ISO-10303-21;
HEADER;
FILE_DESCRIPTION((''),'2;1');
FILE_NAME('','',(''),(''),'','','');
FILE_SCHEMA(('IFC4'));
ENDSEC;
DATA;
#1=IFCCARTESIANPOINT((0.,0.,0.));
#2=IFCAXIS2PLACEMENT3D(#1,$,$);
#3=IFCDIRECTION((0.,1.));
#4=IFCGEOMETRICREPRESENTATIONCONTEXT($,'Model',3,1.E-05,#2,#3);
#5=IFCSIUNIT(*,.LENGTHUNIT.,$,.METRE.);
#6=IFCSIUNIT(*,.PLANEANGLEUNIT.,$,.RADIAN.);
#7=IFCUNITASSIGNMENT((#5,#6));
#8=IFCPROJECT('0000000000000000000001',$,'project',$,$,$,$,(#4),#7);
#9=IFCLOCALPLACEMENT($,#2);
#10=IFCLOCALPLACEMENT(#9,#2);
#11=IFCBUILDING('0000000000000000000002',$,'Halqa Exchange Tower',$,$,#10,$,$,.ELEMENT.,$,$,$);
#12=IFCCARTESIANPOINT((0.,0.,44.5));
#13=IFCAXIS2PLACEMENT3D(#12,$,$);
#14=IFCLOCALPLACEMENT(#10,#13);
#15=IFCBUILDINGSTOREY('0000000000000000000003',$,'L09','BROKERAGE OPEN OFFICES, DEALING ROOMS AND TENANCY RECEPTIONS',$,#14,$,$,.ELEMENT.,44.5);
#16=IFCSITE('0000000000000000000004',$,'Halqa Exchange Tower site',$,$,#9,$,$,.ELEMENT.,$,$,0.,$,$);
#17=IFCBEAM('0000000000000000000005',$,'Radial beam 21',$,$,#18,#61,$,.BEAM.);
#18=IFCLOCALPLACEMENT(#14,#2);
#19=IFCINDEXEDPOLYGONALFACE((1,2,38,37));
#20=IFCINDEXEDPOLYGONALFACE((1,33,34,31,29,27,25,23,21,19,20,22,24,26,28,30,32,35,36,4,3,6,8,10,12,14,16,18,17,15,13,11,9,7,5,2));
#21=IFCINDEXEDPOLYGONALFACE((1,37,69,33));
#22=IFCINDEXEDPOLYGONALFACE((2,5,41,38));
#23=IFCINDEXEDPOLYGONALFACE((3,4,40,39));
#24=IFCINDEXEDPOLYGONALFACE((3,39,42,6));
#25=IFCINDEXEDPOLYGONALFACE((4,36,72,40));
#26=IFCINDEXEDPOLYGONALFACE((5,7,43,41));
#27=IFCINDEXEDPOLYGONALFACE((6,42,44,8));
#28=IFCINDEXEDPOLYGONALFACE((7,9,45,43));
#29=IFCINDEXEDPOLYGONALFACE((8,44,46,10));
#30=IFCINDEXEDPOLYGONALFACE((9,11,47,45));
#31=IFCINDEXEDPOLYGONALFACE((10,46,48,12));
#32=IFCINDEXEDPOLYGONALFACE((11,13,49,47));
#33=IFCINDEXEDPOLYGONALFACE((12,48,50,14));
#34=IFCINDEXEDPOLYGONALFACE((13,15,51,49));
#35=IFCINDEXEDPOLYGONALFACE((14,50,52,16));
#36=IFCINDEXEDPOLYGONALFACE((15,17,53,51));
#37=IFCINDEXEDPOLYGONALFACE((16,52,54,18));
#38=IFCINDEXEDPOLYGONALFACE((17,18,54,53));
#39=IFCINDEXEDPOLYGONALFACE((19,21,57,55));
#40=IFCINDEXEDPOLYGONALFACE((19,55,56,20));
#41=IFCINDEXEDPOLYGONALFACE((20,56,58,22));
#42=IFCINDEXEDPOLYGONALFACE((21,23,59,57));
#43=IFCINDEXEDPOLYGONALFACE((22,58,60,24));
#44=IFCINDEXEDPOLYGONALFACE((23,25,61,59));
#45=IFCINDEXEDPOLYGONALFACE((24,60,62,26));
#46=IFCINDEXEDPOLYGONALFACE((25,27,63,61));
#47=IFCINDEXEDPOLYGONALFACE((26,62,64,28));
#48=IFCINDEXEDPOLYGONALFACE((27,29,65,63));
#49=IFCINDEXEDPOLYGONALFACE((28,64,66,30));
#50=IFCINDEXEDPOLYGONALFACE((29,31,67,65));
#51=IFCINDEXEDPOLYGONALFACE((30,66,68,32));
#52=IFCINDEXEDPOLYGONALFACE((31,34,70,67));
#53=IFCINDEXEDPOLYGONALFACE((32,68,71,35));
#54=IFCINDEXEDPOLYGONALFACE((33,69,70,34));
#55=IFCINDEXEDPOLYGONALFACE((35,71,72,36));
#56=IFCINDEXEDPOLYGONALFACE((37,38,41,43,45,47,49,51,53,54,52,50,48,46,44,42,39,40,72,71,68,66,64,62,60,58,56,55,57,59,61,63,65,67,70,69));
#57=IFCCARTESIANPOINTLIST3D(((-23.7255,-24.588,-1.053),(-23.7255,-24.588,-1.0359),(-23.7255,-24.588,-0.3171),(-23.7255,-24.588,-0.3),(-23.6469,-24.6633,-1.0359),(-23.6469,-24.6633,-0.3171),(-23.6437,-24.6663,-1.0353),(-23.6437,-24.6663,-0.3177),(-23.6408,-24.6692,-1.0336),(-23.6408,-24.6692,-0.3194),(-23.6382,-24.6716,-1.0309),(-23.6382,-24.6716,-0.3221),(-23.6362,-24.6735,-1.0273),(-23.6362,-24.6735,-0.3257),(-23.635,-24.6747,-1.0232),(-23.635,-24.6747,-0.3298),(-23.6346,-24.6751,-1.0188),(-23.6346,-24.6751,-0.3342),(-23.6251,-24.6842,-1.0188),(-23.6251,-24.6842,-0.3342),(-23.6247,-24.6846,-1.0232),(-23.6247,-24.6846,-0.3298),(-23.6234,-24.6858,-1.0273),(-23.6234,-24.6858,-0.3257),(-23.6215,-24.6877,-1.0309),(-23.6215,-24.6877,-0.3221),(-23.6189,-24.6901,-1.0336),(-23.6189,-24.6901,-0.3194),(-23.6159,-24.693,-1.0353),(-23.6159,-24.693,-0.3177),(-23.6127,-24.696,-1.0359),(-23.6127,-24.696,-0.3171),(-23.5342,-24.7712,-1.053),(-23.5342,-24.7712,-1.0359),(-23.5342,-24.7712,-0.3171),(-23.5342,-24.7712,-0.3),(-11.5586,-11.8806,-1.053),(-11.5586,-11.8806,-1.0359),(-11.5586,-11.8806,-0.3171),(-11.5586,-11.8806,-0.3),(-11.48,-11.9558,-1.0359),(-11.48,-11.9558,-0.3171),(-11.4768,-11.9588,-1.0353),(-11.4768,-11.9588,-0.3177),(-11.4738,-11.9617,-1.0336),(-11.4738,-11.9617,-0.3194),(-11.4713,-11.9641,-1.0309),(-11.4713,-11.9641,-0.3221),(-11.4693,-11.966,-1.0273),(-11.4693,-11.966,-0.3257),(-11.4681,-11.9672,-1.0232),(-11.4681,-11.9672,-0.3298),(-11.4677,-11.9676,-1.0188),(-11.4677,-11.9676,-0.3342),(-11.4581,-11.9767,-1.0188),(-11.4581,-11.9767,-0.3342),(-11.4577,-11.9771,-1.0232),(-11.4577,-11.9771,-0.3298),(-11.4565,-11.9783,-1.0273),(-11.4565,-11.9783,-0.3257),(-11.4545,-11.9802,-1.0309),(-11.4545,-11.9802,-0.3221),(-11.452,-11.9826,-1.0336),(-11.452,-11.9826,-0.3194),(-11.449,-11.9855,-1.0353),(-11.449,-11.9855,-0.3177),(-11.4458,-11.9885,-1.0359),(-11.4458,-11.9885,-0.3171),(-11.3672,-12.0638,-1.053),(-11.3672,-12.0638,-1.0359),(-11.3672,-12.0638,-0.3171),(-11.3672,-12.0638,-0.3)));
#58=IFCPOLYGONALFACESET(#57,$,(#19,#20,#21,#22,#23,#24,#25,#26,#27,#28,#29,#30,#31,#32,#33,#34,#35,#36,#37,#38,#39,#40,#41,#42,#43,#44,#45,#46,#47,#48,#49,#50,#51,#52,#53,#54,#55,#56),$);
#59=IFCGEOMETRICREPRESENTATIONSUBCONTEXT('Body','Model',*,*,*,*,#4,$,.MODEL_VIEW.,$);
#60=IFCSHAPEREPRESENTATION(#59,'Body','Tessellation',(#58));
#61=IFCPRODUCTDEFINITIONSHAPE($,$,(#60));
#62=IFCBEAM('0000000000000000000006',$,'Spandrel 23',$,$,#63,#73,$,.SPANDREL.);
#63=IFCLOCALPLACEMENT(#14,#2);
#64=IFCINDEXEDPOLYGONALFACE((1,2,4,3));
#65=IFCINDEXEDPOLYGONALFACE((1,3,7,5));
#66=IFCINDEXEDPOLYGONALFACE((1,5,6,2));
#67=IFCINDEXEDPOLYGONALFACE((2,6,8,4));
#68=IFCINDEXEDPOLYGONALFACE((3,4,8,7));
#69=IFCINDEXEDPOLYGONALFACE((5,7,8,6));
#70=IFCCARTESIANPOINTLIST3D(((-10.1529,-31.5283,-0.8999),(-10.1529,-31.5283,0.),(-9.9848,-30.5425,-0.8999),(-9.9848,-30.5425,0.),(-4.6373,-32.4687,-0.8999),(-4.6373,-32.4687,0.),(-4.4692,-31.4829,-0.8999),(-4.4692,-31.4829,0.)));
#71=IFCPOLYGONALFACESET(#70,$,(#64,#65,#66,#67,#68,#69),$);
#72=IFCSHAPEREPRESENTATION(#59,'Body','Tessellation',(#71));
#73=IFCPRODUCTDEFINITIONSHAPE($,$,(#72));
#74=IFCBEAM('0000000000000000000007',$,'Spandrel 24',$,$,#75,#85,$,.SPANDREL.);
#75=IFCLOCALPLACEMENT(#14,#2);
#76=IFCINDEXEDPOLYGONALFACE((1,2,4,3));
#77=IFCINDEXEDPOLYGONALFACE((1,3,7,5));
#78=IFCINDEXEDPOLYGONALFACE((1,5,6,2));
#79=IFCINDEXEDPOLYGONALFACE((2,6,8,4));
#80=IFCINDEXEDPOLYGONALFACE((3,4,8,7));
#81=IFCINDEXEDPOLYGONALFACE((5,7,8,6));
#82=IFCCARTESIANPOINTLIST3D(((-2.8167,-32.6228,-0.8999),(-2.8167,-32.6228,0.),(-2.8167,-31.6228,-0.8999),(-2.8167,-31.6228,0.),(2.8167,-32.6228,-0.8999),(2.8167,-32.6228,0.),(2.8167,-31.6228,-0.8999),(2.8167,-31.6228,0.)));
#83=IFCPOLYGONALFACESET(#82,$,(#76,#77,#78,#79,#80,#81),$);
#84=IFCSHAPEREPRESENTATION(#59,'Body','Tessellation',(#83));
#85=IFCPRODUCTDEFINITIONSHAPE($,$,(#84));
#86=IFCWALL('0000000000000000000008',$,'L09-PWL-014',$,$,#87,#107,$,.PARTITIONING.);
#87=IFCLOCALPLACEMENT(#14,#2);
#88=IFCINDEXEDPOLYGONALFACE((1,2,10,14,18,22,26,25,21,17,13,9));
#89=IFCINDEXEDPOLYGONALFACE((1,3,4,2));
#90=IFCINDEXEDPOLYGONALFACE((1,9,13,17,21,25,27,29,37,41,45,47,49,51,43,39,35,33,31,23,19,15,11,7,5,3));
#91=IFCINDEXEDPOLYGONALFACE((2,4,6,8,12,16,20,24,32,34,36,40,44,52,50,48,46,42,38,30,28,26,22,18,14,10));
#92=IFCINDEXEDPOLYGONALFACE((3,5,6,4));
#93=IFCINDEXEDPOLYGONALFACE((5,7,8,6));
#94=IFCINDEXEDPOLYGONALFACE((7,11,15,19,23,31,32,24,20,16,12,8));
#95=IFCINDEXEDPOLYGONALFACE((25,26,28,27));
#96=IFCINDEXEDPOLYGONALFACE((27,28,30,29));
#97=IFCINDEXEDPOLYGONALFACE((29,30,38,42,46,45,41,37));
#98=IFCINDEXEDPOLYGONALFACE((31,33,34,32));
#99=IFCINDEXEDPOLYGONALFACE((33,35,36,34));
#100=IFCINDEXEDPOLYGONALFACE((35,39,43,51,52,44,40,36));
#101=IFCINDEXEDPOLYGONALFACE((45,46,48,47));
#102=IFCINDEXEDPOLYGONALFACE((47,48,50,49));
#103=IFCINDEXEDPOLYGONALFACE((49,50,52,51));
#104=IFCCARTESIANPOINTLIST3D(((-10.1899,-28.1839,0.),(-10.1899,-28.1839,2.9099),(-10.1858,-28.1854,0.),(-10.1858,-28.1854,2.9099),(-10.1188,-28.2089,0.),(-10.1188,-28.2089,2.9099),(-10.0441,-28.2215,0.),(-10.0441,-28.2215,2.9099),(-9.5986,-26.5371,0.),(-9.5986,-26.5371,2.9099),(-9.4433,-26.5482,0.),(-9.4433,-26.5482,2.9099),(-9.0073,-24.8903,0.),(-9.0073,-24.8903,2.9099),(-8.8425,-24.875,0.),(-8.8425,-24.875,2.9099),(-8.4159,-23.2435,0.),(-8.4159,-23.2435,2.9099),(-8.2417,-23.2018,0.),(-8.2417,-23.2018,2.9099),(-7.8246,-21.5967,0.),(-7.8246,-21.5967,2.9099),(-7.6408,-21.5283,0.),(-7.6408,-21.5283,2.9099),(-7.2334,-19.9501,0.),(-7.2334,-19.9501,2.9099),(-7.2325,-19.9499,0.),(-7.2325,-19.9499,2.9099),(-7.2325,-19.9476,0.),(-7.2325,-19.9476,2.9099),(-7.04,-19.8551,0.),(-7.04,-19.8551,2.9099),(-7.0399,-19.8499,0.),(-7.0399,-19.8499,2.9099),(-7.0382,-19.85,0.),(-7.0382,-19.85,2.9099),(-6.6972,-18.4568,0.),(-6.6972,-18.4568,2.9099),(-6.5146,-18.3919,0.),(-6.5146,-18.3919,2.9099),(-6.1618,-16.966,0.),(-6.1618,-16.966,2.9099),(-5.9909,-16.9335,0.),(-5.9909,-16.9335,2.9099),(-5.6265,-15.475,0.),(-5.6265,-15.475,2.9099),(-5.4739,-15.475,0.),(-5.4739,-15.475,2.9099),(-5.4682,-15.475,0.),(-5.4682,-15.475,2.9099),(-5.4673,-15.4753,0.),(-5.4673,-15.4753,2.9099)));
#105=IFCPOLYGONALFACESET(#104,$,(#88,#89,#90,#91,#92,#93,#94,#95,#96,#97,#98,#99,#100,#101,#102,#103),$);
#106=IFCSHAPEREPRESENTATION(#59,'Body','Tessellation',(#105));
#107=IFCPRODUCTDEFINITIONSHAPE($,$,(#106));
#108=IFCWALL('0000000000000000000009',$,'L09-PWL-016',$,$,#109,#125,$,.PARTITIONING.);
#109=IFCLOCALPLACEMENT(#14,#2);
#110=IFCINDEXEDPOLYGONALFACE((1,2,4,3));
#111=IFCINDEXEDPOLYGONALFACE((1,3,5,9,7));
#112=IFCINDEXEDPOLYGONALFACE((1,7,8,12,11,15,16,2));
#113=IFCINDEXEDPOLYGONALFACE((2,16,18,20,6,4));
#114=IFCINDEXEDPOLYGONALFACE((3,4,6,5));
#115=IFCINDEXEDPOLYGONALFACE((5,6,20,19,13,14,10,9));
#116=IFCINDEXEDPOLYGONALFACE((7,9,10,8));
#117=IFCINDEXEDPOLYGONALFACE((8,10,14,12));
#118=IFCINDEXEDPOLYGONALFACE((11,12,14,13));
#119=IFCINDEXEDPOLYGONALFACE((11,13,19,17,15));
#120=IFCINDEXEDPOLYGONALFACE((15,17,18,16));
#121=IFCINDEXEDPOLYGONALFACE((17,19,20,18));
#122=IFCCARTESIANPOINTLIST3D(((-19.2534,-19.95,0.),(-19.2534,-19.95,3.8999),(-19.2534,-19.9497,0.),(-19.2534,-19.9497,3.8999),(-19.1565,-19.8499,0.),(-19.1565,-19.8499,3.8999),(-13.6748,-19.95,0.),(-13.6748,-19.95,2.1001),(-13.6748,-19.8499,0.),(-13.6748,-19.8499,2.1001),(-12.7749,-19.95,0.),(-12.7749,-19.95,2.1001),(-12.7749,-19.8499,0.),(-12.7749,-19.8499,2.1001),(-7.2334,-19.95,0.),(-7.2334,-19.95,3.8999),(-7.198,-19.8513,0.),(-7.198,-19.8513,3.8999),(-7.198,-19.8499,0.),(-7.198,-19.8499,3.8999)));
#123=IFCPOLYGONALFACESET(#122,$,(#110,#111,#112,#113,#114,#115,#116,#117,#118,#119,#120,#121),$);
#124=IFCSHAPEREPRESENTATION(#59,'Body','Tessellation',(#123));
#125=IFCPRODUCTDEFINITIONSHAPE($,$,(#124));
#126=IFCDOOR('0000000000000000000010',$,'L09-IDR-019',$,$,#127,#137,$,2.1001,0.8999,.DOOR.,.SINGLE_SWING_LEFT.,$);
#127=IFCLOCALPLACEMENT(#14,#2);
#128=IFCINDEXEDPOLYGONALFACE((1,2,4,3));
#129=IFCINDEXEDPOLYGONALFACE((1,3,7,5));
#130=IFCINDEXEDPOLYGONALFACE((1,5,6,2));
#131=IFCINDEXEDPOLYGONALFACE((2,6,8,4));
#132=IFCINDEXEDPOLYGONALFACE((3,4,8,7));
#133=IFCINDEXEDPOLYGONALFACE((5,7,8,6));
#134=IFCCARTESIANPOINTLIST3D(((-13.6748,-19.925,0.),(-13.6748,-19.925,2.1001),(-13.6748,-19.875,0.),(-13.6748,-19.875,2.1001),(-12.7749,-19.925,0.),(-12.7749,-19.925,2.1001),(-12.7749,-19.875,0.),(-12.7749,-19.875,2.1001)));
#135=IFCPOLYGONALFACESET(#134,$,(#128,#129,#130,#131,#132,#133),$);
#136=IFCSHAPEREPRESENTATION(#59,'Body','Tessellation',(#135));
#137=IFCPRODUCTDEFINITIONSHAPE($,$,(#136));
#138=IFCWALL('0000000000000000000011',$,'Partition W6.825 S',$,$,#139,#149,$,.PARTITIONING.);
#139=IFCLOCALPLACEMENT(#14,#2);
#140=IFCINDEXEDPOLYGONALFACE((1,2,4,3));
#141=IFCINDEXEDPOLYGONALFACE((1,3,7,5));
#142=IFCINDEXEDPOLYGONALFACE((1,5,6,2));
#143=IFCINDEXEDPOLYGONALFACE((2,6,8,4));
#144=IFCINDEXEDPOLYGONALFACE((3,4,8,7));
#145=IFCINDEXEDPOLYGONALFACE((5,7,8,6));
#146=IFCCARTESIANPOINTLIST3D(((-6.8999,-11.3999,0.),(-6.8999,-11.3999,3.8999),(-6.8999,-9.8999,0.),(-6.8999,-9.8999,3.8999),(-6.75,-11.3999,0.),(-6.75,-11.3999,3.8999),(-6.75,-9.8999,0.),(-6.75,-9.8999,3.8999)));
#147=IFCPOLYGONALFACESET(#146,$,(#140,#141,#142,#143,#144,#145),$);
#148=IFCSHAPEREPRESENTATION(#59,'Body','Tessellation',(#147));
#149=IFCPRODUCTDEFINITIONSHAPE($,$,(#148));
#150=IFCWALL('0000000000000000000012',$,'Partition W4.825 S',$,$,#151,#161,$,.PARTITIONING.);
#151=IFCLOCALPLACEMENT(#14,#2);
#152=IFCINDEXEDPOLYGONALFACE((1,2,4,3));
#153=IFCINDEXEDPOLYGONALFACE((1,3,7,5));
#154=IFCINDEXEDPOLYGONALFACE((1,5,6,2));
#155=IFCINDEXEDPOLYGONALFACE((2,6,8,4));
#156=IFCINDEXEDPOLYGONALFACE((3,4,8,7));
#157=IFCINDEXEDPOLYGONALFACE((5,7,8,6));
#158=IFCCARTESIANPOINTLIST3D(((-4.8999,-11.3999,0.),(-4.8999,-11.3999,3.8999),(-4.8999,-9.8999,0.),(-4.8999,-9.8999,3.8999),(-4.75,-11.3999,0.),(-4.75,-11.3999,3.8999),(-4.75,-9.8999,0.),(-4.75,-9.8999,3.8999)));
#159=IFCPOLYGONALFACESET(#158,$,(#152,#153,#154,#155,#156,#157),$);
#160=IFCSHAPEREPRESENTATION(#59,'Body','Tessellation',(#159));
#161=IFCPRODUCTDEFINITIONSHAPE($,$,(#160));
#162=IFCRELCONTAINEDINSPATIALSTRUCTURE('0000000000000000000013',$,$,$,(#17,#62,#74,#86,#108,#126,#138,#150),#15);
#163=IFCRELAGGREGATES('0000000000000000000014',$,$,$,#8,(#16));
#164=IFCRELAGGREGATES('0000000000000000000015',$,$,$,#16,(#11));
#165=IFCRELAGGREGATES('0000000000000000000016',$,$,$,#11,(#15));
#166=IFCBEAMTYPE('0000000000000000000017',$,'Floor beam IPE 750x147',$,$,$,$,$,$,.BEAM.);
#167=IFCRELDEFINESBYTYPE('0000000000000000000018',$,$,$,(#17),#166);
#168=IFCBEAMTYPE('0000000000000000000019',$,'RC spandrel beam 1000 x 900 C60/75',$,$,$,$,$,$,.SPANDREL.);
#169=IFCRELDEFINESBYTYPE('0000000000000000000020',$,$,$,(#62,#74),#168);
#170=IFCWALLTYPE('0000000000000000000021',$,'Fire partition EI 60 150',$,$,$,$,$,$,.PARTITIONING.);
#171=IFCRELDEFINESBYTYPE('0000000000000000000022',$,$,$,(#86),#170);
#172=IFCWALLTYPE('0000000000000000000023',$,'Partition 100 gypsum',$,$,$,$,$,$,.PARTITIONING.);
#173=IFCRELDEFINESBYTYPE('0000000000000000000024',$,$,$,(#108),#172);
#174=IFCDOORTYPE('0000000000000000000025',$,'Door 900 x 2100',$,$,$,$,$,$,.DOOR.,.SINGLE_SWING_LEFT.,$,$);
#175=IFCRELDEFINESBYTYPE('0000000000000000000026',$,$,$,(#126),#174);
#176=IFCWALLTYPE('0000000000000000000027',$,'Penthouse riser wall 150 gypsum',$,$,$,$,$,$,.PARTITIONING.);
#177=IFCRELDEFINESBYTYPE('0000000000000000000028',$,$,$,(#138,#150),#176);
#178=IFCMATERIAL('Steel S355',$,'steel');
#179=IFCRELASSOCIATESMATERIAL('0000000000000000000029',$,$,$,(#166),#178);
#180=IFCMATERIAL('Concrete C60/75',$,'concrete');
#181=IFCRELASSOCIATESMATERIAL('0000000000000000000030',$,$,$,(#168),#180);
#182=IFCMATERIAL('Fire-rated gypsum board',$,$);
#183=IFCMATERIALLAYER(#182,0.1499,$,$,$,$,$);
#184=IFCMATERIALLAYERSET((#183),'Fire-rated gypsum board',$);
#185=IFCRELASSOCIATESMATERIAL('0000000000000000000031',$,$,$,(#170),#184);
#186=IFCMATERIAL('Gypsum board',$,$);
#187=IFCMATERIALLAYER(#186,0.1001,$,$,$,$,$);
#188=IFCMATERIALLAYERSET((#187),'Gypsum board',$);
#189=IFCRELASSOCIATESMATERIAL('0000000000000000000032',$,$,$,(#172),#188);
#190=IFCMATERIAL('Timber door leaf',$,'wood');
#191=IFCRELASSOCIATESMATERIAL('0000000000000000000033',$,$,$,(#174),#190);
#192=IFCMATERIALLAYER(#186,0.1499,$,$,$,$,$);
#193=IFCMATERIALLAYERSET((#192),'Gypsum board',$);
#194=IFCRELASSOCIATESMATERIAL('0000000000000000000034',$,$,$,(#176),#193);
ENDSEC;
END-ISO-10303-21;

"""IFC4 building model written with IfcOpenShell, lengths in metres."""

from ifc_helpers import new_model, si_unit, direction, frame, frame_2d, origin, origin_2d, place, context, subcontext, project, spatial, polyline, rectangle, i_section, outline, extrude, material, layer, layer_set, material_profile, profile_set, type_object, element, fill, save


model = new_model("IFC4")

# Units and contexts
model_context = context("Model", 3, precision=1e-05, world=origin(), true_north=direction((0.0, 1.0)))
body_context = subcontext(model_context, "Body", "Model", "MODEL_VIEW")
ifc_project = project(units=[si_unit("LENGTHUNIT", "METRE"), si_unit("PLANEANGLEUNIT", "RADIAN")], contexts=[model_context])

# Site, building, storey
site_placement = place(None, origin())
site = spatial("IfcSite", under=ifc_project, at=site_placement, Name="Halqa Exchange Tower site", CompositionType="ELEMENT", RefElevation=0.0)
building_placement = place(site_placement, origin())
building = spatial("IfcBuilding", under=site, at=building_placement, Name="Halqa Exchange Tower", CompositionType="ELEMENT")
storey_placement = place(building_placement, frame((0.0, 0.0, 44.5)))
storey = spatial("IfcBuildingStorey", under=building, at=storey_placement, Name="L09", Description="BROKERAGE OPEN OFFICES, DEALING ROOMS AND TENANCY RECEPTIONS", CompositionType="ELEMENT", Elevation=44.5)

# Beams
ifc_material_1 = material(Name="Steel S355", Category="steel")
ifc_material_profile_1 = material_profile(ifc_material_1, i_section(OverallWidth=0.2649, OverallDepth=0.7529, WebThickness=0.0132, FlangeThickness=0.0171, FilletRadius=0.0171, at=origin_2d()), Name="IPE 750x147")
ifc_profile_set_1 = profile_set([ifc_material_profile_1], Name="Steel S355")
beam_type_1 = type_object("IfcBeamType", Name="Floor beam IPE 750x147", PredefinedType="BEAM", material=ifc_profile_set_1)
beam_1_placement = place(storey_placement, frame((-11.4629, -11.9722, -0.6765), z_axis=(-0.691578, -0.722302, 0.0), x_axis=(0.722302, -0.691578, 0.0)))
element("IfcBeam", 1, at=beam_1_placement, inside=storey, type_object=beam_type_1, Name="Radial beam 21", PredefinedType="BEAM", context=body_context, shape_type="SweptSolid", body=[
    extrude(i_section(OverallWidth=0.2649, OverallDepth=0.7529, WebThickness=0.0132, FlangeThickness=0.0171, FilletRadius=0.0171, at=origin_2d()), origin(), (0.0, 0.0, 1.0), 17.593),
])
ifc_material_2 = material(Name="Concrete C60/75", Category="concrete")
ifc_material_profile_2 = material_profile(ifc_material_2, rectangle(XDim=1.0, YDim=0.8999, at=origin_2d()), Name="1000 x 900")
ifc_profile_set_2 = profile_set([ifc_material_profile_2], Name="Concrete C60/75")
beam_type_2 = type_object("IfcBeamType", Name="RC spandrel beam 1000 x 900 C60/75", PredefinedType="SPANDREL", material=ifc_profile_set_2)
beam_2_placement = place(storey_placement, frame((-10.0688, -31.0354, -0.45), z_axis=(0.985774, -0.168077, 0.0), x_axis=(0.168077, 0.985774, 0.0)))
element("IfcBeam", 2, at=beam_2_placement, inside=storey, type_object=beam_type_2, Name="Spandrel 23", PredefinedType="SPANDREL", context=body_context, shape_type="SweptSolid", body=[
    extrude(rectangle(XDim=1.0, YDim=0.8999, at=origin_2d()), origin(), (0.0, 0.0, 1.0), 5.5952),
])
beam_3_placement = place(storey_placement, frame((-2.8167, -32.1228, -0.45), z_axis=(1.0, 0.0, 0.0), x_axis=(0.0, 1.0, 0.0)))
element("IfcBeam", 3, at=beam_3_placement, inside=storey, type_object=beam_type_2, Name="Spandrel 24", PredefinedType="SPANDREL", context=body_context, shape_type="SweptSolid", body=[
    extrude(rectangle(XDim=1.0, YDim=0.8999, at=origin_2d()), origin(), (0.0, 0.0, 1.0), 5.6333),
])

# Wall
ifc_material_3 = material(Name="Fire-rated gypsum board")
ifc_layer_1 = layer(ifc_material_3, 0.1499)
ifc_layer_set_1 = layer_set([ifc_layer_1], Name="Fire-rated gypsum board")
wall_type_1 = type_object("IfcWallType", Name="Fire partition EI 60 150", PredefinedType="PARTITIONING", material=ifc_layer_set_1)
wall_1_placement = place(storey_placement, frame((-10.1194, -28.2092, 0.0), z_axis=(0.0, 0.0, 1.0), x_axis=(0.337949, 0.941164, 0.0)))
element("IfcWall", 4, at=wall_1_placement, inside=storey, type_object=wall_type_1, Name="L09-PWL-014", PredefinedType="PARTITIONING", context=body_context, shape_type="SweptSolid", body=[
    extrude(outline(polyline([(0.0139, -0.075), (1.7917, -0.075), (3.5696, -0.075), (5.3474, -0.075), (7.1255, -0.075), (8.9033, -0.075), (8.9082, -0.0732), (8.9087, -0.075), (10.458, -0.075), (12.0076, -0.075), (13.5569, -0.075), (13.5569, -0.074), (13.5549, -0.0686), (13.5549, -0.0686), (13.5034, 0.075), (11.9192, 0.075), (10.3352, 0.075), (8.7512, 0.075), (8.749, 0.0742), (8.7485, 0.075), (6.999, 0.075), (5.2493, 0.075), (3.4995, 0.075), (1.7498, 0.075), (0.0, 0.075), (0.0, 0.0706), (0.0005, -0.0005), (0.0139, -0.075)])), origin(), (0.0, 0.0, 1.0), 2.9099),
])

# Wall, opening, door
ifc_material_4 = material(Name="Gypsum board")
ifc_layer_2 = layer(ifc_material_4, 0.1001)
ifc_layer_set_2 = layer_set([ifc_layer_2], Name="Gypsum board")
wall_type_2 = type_object("IfcWallType", Name="Partition 100 gypsum", PredefinedType="PARTITIONING", material=ifc_layer_set_2)
wall_2_placement = place(storey_placement, frame((-7.198, -19.8999, 0.0), z_axis=(0.0, 0.0, 1.0), x_axis=(-1.0, 0.0, 0.0)))
wall_2 = element("IfcWall", 5, at=wall_2_placement, inside=storey, type_object=wall_type_2, Name="L09-PWL-016", PredefinedType="PARTITIONING", context=body_context, shape_type="SweptSolid", body=[
    extrude(outline(polyline([(0.0, -0.05), (1.9932, -0.05), (3.9861, -0.05), (5.9792, -0.05), (7.9724, -0.05), (9.9653, -0.05), (11.9585, -0.05), (12.0554, 0.0498), (12.0554, 0.05), (10.3384, 0.05), (8.6211, 0.05), (6.9041, 0.05), (5.1868, 0.05), (3.4697, 0.05), (1.7527, 0.05), (0.0354, 0.05), (0.0, -0.0486), (0.0, -0.05)])), origin(), (0.0, 0.0, 1.0), 3.8999),
])
opening_1_placement = place(wall_2_placement, frame((5.5769, 0.0, 0.0)))
opening_1 = element("IfcOpeningElement", 6, at=opening_1_placement, cuts=wall_2, PredefinedType="OPENING", context=body_context, shape_type="SweptSolid", body=[
    extrude(rectangle(XDim=0.8999, YDim=2.1001, at=frame_2d((0.45, 1.05))), frame((0.0, 0.062, 0.0), z_axis=(0.0, -1.0, 0.0), x_axis=(1.0, 0.0, 0.0)), (0.0, 0.0, 1.0), 0.124),
])
ifc_material_5 = material(Name="Timber door leaf", Category="wood")
door_type_1 = type_object("IfcDoorType", Name="Door 900 x 2100", OperationType="SINGLE_SWING_LEFT", PredefinedType="DOOR", material=ifc_material_5)
door_1_placement = place(opening_1_placement, frame((0.8999, 0.0, 0.0), z_axis=(0.0, 0.0, 1.0), x_axis=(-1.0, 0.0, 0.0)))
door_1 = element("IfcDoor", 7, at=door_1_placement, inside=storey, type_object=door_type_1, Name="L09-IDR-019", OperationType="SINGLE_SWING_LEFT", OverallHeight=2.1001, OverallWidth=0.8999, PredefinedType="DOOR", context=body_context, shape_type="SweptSolid", body=[
    extrude(rectangle(XDim=0.8999, YDim=2.1001, at=frame_2d((0.45, 1.05))), frame((0.0, 0.0249, 0.0), z_axis=(0.0, -1.0, 0.0), x_axis=(1.0, 0.0, 0.0)), (0.0, 0.0, 1.0), 0.05),
])
fill(opening_1, door_1)

# Walls
ifc_layer_3 = layer(ifc_material_4, 0.1499)
ifc_layer_set_3 = layer_set([ifc_layer_3], Name="Gypsum board")
wall_type_3 = type_object("IfcWallType", Name="Penthouse riser wall 150 gypsum", PredefinedType="PARTITIONING", material=ifc_layer_set_3)
for number, where, z_axis, x_axis, name in (
    (8, (-6.825, -11.3999, 0.0), (0.0, 0.0, 1.0), (0.0, 1.0, 0.0), "Partition W6.825 S"),
    (9, (-4.825, -11.3999, 0.0), (0.0, 0.0, 1.0), (0.0, 1.0, 0.0), "Partition W4.825 S"),
):
    element("IfcWall", number, at=place(storey_placement, frame(where, z_axis=z_axis, x_axis=x_axis)), inside=storey, type_object=wall_type_3, Name=name, PredefinedType="PARTITIONING", context=body_context, shape_type="SweptSolid", body=[
        extrude(rectangle(XDim=1.5, YDim=0.1499, at=frame_2d((0.75, 0.0))), origin(), (0.0, 0.0, 1.0), 3.8999),
    ])

save(model, "model.ifc")
